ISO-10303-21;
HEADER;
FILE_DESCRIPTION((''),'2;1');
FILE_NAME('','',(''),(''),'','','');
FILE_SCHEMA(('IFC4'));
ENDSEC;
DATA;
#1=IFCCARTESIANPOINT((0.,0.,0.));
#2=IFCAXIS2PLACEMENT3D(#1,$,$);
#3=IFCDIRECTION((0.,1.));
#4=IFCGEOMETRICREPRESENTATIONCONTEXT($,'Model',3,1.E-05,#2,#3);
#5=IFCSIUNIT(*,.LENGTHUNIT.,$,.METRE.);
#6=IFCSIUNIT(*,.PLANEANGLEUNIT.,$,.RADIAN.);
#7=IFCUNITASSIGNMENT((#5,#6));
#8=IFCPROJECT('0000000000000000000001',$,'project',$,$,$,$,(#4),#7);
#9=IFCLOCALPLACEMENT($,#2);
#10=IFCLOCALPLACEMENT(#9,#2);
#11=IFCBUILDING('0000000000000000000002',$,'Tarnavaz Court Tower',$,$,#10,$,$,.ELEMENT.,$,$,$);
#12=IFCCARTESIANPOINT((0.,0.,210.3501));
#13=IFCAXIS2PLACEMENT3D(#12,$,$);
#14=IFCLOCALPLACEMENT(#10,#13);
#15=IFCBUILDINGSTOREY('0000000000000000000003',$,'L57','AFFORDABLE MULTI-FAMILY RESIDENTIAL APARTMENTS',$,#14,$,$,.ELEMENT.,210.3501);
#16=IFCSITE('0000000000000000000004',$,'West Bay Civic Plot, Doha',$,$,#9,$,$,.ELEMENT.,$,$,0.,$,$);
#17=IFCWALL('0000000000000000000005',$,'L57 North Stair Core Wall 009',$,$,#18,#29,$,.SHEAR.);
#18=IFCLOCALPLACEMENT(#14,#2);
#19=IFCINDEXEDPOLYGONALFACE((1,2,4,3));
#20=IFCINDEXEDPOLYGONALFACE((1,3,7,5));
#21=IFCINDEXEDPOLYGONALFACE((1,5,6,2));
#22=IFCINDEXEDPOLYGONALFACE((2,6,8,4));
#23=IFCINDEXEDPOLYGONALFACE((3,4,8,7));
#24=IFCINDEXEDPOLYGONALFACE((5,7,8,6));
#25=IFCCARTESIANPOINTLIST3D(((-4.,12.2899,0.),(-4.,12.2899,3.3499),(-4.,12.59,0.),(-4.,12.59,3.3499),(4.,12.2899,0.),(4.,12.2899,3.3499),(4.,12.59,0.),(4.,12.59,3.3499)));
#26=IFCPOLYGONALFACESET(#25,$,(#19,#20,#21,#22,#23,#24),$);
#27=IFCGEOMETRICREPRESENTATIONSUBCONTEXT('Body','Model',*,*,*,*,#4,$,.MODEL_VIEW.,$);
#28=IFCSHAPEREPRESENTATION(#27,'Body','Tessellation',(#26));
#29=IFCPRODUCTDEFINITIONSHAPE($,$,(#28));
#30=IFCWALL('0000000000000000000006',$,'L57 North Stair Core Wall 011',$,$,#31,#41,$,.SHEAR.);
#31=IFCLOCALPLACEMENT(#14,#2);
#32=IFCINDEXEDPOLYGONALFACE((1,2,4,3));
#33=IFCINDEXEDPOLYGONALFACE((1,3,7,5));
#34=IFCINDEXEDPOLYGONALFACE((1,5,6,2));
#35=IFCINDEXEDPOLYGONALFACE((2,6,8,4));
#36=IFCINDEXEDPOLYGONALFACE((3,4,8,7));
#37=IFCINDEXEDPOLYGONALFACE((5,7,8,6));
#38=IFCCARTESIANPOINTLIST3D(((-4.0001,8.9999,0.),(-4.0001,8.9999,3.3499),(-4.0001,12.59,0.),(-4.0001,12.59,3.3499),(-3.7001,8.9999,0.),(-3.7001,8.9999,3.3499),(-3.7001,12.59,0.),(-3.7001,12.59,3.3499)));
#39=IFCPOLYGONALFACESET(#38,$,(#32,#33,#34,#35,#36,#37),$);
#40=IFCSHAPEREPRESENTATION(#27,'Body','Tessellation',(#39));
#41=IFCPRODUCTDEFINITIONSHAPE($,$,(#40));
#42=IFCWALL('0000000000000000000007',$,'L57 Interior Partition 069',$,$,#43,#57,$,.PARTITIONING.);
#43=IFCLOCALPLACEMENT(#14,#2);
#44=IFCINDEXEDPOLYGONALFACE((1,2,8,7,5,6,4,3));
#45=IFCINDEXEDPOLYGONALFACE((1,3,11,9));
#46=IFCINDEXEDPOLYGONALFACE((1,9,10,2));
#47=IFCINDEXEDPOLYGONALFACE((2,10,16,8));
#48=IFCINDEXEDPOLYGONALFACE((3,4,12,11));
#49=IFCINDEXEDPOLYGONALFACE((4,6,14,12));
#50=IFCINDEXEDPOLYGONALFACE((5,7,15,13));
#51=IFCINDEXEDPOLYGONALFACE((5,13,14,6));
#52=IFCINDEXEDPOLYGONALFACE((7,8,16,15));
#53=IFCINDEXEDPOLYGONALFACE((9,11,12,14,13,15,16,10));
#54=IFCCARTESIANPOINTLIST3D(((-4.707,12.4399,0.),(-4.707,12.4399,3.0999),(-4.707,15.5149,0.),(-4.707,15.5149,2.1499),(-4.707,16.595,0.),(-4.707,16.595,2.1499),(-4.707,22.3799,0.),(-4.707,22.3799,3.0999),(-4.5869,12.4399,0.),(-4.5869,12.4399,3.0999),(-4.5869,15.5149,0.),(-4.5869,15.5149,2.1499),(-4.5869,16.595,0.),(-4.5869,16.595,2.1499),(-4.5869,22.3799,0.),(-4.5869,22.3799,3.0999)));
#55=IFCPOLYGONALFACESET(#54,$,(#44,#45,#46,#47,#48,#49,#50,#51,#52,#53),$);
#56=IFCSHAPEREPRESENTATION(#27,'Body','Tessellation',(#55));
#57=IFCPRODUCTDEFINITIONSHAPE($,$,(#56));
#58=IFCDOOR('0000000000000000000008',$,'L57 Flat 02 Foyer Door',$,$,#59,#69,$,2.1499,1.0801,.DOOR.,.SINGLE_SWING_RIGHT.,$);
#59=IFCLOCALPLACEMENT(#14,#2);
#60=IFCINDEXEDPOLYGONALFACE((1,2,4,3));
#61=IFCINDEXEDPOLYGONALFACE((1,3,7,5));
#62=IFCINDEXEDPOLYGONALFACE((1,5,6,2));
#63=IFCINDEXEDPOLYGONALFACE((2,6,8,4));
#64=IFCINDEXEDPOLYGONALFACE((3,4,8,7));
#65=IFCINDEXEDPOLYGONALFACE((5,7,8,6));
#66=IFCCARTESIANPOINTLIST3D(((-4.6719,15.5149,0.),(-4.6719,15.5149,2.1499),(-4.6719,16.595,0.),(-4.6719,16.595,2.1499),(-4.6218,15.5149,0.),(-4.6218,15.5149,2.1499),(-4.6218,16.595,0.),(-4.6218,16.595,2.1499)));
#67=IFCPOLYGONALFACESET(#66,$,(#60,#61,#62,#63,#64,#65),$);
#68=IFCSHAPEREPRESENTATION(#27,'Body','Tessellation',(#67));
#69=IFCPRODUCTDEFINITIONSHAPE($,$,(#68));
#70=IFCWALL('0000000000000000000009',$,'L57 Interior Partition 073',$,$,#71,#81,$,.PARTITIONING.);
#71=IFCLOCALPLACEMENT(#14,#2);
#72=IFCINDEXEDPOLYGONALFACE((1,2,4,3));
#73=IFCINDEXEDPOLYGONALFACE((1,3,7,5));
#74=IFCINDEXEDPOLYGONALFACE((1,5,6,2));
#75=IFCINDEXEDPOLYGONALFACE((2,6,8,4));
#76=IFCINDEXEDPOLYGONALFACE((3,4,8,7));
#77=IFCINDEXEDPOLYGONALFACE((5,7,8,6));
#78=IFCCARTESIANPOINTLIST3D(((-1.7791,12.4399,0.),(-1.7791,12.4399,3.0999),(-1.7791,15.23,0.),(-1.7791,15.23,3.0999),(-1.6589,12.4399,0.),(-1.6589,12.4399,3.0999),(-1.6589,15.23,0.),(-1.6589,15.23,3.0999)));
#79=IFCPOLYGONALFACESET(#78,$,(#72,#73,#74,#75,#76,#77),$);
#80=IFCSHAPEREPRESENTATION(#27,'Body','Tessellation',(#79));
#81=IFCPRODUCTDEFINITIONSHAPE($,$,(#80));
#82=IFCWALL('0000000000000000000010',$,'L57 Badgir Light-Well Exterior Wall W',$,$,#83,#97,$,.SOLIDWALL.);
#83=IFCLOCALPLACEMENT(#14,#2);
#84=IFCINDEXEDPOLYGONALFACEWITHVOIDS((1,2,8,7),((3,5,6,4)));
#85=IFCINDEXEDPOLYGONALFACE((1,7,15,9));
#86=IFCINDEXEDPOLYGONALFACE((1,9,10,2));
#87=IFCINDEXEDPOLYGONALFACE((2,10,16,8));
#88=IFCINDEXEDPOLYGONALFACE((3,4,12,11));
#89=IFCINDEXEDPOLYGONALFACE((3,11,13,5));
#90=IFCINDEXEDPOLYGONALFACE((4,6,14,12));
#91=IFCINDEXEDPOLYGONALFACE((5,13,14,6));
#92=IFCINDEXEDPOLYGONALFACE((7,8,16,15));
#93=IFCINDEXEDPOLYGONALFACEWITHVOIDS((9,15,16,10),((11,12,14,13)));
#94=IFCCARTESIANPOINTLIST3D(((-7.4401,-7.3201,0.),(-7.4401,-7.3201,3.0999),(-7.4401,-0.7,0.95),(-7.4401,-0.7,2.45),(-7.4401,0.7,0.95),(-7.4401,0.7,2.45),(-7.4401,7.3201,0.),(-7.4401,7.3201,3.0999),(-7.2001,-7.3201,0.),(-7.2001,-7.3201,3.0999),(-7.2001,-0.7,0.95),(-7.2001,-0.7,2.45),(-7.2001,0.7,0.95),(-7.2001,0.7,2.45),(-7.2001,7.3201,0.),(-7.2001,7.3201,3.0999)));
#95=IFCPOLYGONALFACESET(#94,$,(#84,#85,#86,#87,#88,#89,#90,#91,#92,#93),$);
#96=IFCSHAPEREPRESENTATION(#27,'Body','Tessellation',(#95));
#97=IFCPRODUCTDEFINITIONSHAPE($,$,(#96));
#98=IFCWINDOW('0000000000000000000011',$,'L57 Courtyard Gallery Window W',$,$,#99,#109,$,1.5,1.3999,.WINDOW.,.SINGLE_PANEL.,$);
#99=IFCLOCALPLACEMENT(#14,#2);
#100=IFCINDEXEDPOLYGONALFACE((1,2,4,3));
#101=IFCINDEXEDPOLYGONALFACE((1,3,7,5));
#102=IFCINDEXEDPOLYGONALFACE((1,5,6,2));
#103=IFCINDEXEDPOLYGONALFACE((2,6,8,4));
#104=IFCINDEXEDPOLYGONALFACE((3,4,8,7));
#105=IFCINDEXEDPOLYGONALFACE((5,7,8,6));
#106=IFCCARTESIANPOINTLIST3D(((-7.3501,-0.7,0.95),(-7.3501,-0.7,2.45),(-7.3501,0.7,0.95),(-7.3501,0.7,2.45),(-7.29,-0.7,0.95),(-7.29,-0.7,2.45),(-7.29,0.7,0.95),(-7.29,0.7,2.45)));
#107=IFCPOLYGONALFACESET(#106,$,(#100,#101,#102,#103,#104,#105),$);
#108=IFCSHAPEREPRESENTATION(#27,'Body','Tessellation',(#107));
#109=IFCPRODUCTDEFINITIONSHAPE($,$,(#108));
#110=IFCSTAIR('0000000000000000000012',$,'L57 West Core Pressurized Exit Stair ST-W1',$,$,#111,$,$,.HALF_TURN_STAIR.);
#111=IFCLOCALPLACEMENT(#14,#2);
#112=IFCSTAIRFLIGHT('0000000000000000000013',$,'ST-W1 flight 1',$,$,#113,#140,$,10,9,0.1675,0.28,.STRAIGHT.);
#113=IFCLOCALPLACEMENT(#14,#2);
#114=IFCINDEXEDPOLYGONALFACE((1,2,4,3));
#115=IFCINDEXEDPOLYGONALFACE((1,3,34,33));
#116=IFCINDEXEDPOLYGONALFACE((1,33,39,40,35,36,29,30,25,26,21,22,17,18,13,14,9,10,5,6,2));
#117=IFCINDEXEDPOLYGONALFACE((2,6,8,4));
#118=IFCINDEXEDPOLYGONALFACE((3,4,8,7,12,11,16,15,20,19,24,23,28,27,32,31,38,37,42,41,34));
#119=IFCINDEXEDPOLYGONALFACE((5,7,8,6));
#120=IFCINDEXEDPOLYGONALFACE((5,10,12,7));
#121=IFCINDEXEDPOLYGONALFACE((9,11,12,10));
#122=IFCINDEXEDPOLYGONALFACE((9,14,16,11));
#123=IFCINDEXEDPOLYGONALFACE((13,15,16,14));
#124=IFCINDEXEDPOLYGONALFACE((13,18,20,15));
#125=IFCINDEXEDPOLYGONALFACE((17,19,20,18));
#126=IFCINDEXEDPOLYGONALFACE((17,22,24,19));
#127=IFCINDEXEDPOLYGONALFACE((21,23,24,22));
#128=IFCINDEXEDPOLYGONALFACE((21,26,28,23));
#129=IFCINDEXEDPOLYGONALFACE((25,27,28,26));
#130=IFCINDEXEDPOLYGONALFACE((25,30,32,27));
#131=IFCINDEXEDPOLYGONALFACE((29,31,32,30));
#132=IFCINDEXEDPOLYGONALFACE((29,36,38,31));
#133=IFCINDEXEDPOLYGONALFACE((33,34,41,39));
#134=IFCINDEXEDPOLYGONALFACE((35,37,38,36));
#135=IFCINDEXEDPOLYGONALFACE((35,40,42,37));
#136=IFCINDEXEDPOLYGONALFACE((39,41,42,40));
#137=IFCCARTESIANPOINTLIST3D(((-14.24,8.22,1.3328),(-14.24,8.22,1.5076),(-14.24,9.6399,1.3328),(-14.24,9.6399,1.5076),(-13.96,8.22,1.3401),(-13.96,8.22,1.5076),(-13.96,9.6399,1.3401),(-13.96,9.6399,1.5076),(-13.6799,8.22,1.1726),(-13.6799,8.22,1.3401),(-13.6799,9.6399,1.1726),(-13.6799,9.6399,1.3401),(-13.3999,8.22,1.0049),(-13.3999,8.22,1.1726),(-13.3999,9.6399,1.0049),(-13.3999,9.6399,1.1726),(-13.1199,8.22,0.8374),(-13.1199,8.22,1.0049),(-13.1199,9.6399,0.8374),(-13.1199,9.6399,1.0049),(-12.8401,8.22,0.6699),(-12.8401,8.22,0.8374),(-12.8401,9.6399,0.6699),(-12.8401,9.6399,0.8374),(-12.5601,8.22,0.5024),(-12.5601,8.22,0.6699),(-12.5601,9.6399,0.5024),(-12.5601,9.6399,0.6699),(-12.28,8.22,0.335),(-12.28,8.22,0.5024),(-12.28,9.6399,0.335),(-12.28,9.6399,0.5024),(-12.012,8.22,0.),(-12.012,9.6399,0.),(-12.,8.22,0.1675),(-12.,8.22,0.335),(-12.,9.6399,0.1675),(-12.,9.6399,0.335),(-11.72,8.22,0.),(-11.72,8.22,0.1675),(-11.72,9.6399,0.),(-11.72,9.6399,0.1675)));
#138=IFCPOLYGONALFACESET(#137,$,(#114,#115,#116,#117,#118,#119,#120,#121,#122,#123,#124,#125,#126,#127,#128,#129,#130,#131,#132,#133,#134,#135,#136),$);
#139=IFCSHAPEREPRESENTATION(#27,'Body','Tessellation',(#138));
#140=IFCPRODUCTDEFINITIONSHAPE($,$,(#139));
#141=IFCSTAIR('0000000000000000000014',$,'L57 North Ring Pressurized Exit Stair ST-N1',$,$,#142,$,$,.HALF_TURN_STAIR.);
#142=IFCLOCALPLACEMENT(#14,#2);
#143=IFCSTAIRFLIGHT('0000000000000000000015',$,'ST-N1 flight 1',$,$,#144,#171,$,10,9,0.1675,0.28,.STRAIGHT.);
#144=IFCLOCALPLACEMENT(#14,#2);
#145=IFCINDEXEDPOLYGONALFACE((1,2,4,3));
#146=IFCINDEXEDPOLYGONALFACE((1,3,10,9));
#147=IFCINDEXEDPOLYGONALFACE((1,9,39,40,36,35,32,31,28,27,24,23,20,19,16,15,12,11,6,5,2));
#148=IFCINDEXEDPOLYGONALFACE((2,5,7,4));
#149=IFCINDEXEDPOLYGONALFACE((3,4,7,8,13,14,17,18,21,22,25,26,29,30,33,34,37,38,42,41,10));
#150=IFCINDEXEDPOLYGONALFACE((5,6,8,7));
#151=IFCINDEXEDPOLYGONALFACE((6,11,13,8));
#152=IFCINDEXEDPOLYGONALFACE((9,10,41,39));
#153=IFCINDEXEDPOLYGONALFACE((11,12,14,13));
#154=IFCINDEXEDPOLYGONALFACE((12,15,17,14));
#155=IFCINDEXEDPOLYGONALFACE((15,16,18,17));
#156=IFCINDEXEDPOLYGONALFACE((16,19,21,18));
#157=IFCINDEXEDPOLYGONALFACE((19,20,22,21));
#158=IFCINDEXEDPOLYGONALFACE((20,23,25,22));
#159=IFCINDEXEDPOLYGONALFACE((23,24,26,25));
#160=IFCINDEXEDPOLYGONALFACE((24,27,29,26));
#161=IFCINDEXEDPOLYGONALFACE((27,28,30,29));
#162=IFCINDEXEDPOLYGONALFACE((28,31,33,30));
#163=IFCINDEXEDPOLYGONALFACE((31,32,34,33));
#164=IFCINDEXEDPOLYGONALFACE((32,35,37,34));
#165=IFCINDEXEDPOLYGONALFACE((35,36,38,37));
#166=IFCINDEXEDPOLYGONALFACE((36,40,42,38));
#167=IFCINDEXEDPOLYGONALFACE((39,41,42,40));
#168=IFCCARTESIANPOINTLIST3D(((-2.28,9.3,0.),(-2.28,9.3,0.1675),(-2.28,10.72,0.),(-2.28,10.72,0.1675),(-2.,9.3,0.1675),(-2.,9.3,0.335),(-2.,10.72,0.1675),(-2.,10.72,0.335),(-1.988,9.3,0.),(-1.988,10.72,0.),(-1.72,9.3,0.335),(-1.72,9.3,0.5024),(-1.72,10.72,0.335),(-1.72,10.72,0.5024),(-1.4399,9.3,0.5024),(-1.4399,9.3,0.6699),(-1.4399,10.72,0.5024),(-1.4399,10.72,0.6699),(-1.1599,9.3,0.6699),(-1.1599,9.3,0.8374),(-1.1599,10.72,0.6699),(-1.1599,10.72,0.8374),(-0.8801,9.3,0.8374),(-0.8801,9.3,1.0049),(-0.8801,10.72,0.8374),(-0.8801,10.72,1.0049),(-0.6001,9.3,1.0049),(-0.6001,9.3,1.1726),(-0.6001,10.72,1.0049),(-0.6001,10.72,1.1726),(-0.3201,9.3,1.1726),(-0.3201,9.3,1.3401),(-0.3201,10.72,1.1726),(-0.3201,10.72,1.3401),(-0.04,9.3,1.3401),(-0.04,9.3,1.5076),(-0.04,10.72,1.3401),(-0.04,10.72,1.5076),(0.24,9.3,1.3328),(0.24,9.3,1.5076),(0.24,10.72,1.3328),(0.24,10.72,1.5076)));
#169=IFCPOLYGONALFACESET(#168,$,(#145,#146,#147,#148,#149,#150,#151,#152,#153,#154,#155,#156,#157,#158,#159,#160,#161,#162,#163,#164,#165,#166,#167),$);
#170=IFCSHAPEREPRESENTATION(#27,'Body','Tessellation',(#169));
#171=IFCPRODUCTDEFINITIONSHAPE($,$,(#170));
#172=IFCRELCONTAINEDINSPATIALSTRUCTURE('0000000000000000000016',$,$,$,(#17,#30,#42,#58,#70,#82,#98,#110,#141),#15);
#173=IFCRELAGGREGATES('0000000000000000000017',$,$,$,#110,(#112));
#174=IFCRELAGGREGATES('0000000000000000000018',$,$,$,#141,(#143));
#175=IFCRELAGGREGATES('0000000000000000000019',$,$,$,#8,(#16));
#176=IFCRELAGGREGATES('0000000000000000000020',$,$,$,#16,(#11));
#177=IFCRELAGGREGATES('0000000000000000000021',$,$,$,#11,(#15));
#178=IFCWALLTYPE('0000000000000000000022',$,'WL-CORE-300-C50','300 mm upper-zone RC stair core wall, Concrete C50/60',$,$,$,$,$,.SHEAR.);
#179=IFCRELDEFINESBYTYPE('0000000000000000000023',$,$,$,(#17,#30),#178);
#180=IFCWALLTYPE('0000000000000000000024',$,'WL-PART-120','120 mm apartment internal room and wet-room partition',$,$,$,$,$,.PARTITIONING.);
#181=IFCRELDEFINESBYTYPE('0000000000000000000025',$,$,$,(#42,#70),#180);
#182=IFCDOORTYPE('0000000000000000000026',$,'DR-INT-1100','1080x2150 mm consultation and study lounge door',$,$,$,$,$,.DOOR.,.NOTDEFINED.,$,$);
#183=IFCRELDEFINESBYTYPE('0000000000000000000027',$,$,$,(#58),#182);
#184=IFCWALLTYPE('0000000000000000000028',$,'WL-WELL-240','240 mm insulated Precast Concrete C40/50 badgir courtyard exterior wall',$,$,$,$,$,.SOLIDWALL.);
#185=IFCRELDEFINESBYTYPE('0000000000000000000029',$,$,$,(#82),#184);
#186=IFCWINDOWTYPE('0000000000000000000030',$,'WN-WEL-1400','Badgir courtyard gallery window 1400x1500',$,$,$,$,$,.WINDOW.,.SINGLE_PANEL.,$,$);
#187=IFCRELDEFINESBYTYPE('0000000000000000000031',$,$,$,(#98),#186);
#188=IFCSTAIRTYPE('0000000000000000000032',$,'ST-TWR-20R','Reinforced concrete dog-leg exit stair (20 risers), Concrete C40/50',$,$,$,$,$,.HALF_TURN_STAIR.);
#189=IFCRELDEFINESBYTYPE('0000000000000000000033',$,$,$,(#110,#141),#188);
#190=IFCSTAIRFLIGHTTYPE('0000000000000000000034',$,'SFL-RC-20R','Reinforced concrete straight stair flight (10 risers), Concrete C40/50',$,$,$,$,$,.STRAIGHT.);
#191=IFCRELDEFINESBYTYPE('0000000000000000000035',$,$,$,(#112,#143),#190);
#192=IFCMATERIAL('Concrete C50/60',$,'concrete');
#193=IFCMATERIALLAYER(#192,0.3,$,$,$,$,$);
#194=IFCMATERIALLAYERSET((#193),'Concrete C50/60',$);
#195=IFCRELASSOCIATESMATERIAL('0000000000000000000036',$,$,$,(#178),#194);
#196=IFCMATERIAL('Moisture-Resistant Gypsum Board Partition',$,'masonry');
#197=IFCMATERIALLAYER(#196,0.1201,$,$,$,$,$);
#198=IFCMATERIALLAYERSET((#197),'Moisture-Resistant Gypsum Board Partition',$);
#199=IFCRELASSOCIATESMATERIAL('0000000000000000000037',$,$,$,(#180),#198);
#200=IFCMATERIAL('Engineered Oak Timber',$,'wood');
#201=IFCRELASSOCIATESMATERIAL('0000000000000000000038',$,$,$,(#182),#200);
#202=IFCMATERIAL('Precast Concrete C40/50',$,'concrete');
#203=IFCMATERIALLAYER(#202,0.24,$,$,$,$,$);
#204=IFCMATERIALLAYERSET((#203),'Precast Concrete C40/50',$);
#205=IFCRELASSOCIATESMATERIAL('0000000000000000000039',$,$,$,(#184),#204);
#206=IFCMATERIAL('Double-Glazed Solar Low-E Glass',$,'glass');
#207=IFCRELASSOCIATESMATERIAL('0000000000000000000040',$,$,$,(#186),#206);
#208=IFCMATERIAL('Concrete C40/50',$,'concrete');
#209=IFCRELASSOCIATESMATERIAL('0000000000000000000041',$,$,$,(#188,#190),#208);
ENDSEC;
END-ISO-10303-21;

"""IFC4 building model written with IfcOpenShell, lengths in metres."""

from ifc_helpers import new_model, si_unit, direction, frame, frame_2d, origin, place, context, subcontext, project, spatial, polyline, rectangle, outline, extrude, material, layer, layer_set, type_object, element, fill, aggregate, save


model = new_model("IFC4")

# Units and contexts
model_context = context("Model", 3, precision=1e-05, world=origin(), true_north=direction((0.0, 1.0)))
body_context = subcontext(model_context, "Body", "Model", "MODEL_VIEW")
ifc_project = project(units=[si_unit("LENGTHUNIT", "METRE"), si_unit("PLANEANGLEUNIT", "RADIAN")], contexts=[model_context])

# Site, building, storey
site_placement = place(None, origin())
site = spatial("IfcSite", under=ifc_project, at=site_placement, Name="West Bay Civic Plot, Doha", CompositionType="ELEMENT", RefElevation=0.0)
building_placement = place(site_placement, origin())
building = spatial("IfcBuilding", under=site, at=building_placement, Name="Tarnavaz Court Tower", CompositionType="ELEMENT")
storey_placement = place(building_placement, frame((0.0, 0.0, 210.3501)))
storey = spatial("IfcBuildingStorey", under=building, at=storey_placement, Name="L57", Description="AFFORDABLE MULTI-FAMILY RESIDENTIAL APARTMENTS", CompositionType="ELEMENT", Elevation=210.3501)

# Shared definitions
ifc_material_1 = material(Name="Concrete C50/60", Category="concrete")

# Wall
ifc_layer_1 = layer(ifc_material_1, 0.3)
ifc_layer_set_1 = layer_set([ifc_layer_1], Name="Concrete C50/60")
wall_type_1 = type_object("IfcWallType", Name="WL-CORE-300-C50", Description="300 mm upper-zone RC stair core wall, Concrete C50/60", PredefinedType="SHEAR", material=ifc_layer_set_1)
wall_1_placement = place(storey_placement, frame((-4.0, 12.4399, 0.0), z_axis=(0.0, 0.0, 1.0), x_axis=(1.0, 0.0, 0.0)))
element("IfcWall", 1, at=wall_1_placement, inside=storey, type_object=wall_type_1, Name="L57 North Stair Core Wall 009", PredefinedType="SHEAR", context=body_context, shape_type="SweptSolid", body=[
    extrude(rectangle(XDim=8.0, YDim=0.3, at=frame_2d((4.0, 0.0))), origin(), (0.0, 0.0, 1.0), 3.3499),
])

# Wall
wall_2_placement = place(storey_placement, frame((-3.8501, 9.0, 0.0), z_axis=(0.0, 0.0, 1.0), x_axis=(0.0, 1.0, 0.0)))
element("IfcWall", 2, at=wall_2_placement, inside=storey, type_object=wall_type_1, Name="L57 North Stair Core Wall 011", PredefinedType="SHEAR", context=body_context, shape_type="SweptSolid", body=[
    extrude(rectangle(XDim=3.5901, YDim=0.3, at=frame_2d((1.7949, 0.0))), origin(), (0.0, 0.0, 1.0), 3.3499),
])

# Wall, opening, door
ifc_material_2 = material(Name="Moisture-Resistant Gypsum Board Partition", Category="masonry")
ifc_layer_2 = layer(ifc_material_2, 0.1201)
ifc_layer_set_2 = layer_set([ifc_layer_2], Name="Moisture-Resistant Gypsum Board Partition")
wall_type_2 = type_object("IfcWallType", Name="WL-PART-120", Description="120 mm apartment internal room and wet-room partition", PredefinedType="PARTITIONING", material=ifc_layer_set_2)
wall_3_placement = place(storey_placement, frame((-4.647, 12.4399, 0.0), z_axis=(0.0, 0.0, 1.0), x_axis=(0.0, 1.0, 0.0)))
wall_3 = element("IfcWall", 3, at=wall_3_placement, inside=storey, type_object=wall_type_2, Name="L57 Interior Partition 069", PredefinedType="PARTITIONING", context=body_context, shape_type="SweptSolid", body=[
    extrude(rectangle(XDim=9.9399, YDim=0.1201, at=frame_2d((4.97, 0.0))), origin(), (0.0, 0.0, 1.0), 3.0999),
])
opening_1_placement = place(wall_3_placement, frame((3.075, 0.0, 0.0)))
opening_1 = element("IfcOpeningElement", 4, at=opening_1_placement, cuts=wall_3, PredefinedType="OPENING", context=body_context, shape_type="SweptSolid", body=[
    extrude(rectangle(XDim=1.0801, YDim=2.1499, at=frame_2d((0.54, 1.075))), frame((0.0, 0.0701, 0.0), z_axis=(0.0, -1.0, 0.0), x_axis=(1.0, 0.0, 0.0)), (0.0, 0.0, 1.0), 0.1401),
])
ifc_material_3 = material(Name="Engineered Oak Timber", Category="wood")
door_type_1 = type_object("IfcDoorType", Name="DR-INT-1100", Description="1080x2150 mm consultation and study lounge door", OperationType="NOTDEFINED", PredefinedType="DOOR", material=ifc_material_3)
door_1_placement = place(opening_1_placement, origin())
door_1 = element("IfcDoor", 5, at=door_1_placement, inside=storey, type_object=door_type_1, Name="L57 Flat 02 Foyer Door", OperationType="SINGLE_SWING_RIGHT", OverallHeight=2.1499, OverallWidth=1.0801, PredefinedType="DOOR", context=body_context, shape_type="SweptSolid", body=[
    extrude(rectangle(XDim=1.0801, YDim=2.1499, at=frame_2d((0.54, 1.075))), frame((0.0, 0.0249, 0.0), z_axis=(0.0, -1.0, 0.0), x_axis=(1.0, 0.0, 0.0)), (0.0, 0.0, 1.0), 0.05),
])
fill(opening_1, door_1)

# Wall
wall_4_placement = place(storey_placement, frame((-1.719, 12.4399, 0.0), z_axis=(0.0, 0.0, 1.0), x_axis=(0.0, 1.0, 0.0)))
element("IfcWall", 6, at=wall_4_placement, inside=storey, type_object=wall_type_2, Name="L57 Interior Partition 073", PredefinedType="PARTITIONING", context=body_context, shape_type="SweptSolid", body=[
    extrude(rectangle(XDim=2.79, YDim=0.1201, at=frame_2d((1.395, 0.0))), origin(), (0.0, 0.0, 1.0), 3.0999),
])

# Wall, opening, window
ifc_material_4 = material(Name="Precast Concrete C40/50", Category="concrete")
ifc_layer_3 = layer(ifc_material_4, 0.24)
ifc_layer_set_3 = layer_set([ifc_layer_3], Name="Precast Concrete C40/50")
wall_type_3 = type_object("IfcWallType", Name="WL-WELL-240", Description="240 mm insulated Precast Concrete C40/50 badgir courtyard exterior wall", PredefinedType="SOLIDWALL", material=ifc_layer_set_3)
wall_5_placement = place(storey_placement, frame((-7.3201, 7.3201, 0.0), z_axis=(0.0, 0.0, 1.0), x_axis=(0.0, -1.0, 0.0)))
wall_5 = element("IfcWall", 7, at=wall_5_placement, inside=storey, type_object=wall_type_3, Name="L57 Badgir Light-Well Exterior Wall W", PredefinedType="SOLIDWALL", context=body_context, shape_type="SweptSolid", body=[
    extrude(rectangle(XDim=14.6401, YDim=0.24, at=frame_2d((7.3201, 0.0))), origin(), (0.0, 0.0, 1.0), 3.0999),
])
opening_2_placement = place(wall_5_placement, frame((6.6201, 0.0, 0.95)))
opening_2 = element("IfcOpeningElement", 8, at=opening_2_placement, cuts=wall_5, PredefinedType="OPENING", context=body_context, shape_type="SweptSolid", body=[
    extrude(rectangle(XDim=1.3999, YDim=1.5, at=frame_2d((0.7, 0.75))), frame((0.0, 0.1299, 0.0), z_axis=(0.0, -1.0, 0.0), x_axis=(1.0, 0.0, 0.0)), (0.0, 0.0, 1.0), 0.26),
])
ifc_material_5 = material(Name="Double-Glazed Solar Low-E Glass", Category="glass")
window_type = type_object("IfcWindowType", Name="WN-WEL-1400", Description="Badgir courtyard gallery window 1400x1500", PartitioningType="SINGLE_PANEL", PredefinedType="WINDOW", material=ifc_material_5)
window_placement = place(opening_2_placement, origin())
window = element("IfcWindow", 9, at=window_placement, inside=storey, type_object=window_type, Name="L57 Courtyard Gallery Window W", OverallHeight=1.5, OverallWidth=1.3999, PartitioningType="SINGLE_PANEL", PredefinedType="WINDOW", context=body_context, shape_type="SweptSolid", body=[
    extrude(rectangle(XDim=1.3999, YDim=1.5, at=frame_2d((0.7, 0.75))), frame((0.0, 0.03, 0.0), z_axis=(0.0, -1.0, 0.0), x_axis=(1.0, 0.0, 0.0)), (0.0, 0.0, 1.0), 0.0601),
])
fill(opening_2, window)

# Stairs, stair flights
ifc_material_6 = material(Name="Concrete C40/50", Category="concrete")
stair_type = type_object("IfcStairType", Name="ST-TWR-20R", Description="Reinforced concrete dog-leg exit stair (20 risers), Concrete C40/50", PredefinedType="HALF_TURN_STAIR", material=ifc_material_6)
stair_1_placement = place(storey_placement, origin())
stair_1 = element("IfcStair", 10, at=stair_1_placement, inside=storey, type_object=stair_type, Name="L57 West Core Pressurized Exit Stair ST-W1", PredefinedType="HALF_TURN_STAIR")
stair_flight_type = type_object("IfcStairFlightType", Name="SFL-RC-20R", Description="Reinforced concrete straight stair flight (10 risers), Concrete C40/50", PredefinedType="STRAIGHT", material=ifc_material_6)
stair_flight_1_placement = place(storey_placement, frame((-11.72, 8.9299, 0.0), z_axis=(0.0, 0.0, 1.0), x_axis=(-1.0, 0.0, 0.0)))
stair_flight_1 = element("IfcStairFlight", 11, at=stair_flight_1_placement, type_object=stair_flight_type, Name="ST-W1 flight 1", NumberOfRisers=10, NumberOfTreads=9, PredefinedType="STRAIGHT", RiserHeight=0.1675, TreadLength=0.28, context=body_context, shape_type="SweptSolid", body=[
    extrude(outline(polyline([(0.0, 0.0), (0.0, 0.1675), (0.28, 0.1675), (0.28, 0.335), (0.5601, 0.335), (0.5601, 0.5024), (0.8401, 0.5024), (0.8401, 0.6699), (1.1201, 0.6699), (1.1201, 0.8374), (1.3999, 0.8374), (1.3999, 1.0049), (1.6799, 1.0049), (1.6799, 1.1726), (1.96, 1.1726), (1.96, 1.3401), (2.24, 1.3401), (2.24, 1.5076), (2.52, 1.5076), (2.52, 1.675), (2.52, 1.3328), (0.292, 0.0), (0.0, 0.0)])), frame((0.0, 0.71, 0.0), z_axis=(0.0, -1.0, 0.0), x_axis=(1.0, 0.0, 0.0)), (0.0, 0.0, 1.0), 1.4199),
])
aggregate(stair_1, [stair_flight_1])
stair_2_placement = place(storey_placement, origin())
stair_2 = element("IfcStair", 12, at=stair_2_placement, inside=storey, type_object=stair_type, Name="L57 North Ring Pressurized Exit Stair ST-N1", PredefinedType="HALF_TURN_STAIR")
stair_flight_2_placement = place(storey_placement, frame((-2.28, 10.01, 0.0), z_axis=(0.0, 0.0, 1.0), x_axis=(1.0, 0.0, 0.0)))
stair_flight_2 = element("IfcStairFlight", 13, at=stair_flight_2_placement, type_object=stair_flight_type, Name="ST-N1 flight 1", NumberOfRisers=10, NumberOfTreads=9, PredefinedType="STRAIGHT", RiserHeight=0.1675, TreadLength=0.28, context=body_context, shape_type="SweptSolid", body=[
    extrude(outline(polyline([(0.0, 0.0), (0.0, 0.1675), (0.28, 0.1675), (0.28, 0.335), (0.5601, 0.335), (0.5601, 0.5024), (0.8401, 0.5024), (0.8401, 0.6699), (1.1201, 0.6699), (1.1201, 0.8374), (1.3999, 0.8374), (1.3999, 1.0049), (1.6799, 1.0049), (1.6799, 1.1726), (1.96, 1.1726), (1.96, 1.3401), (2.24, 1.3401), (2.24, 1.5076), (2.52, 1.5076), (2.52, 1.675), (2.52, 1.3328), (0.292, 0.0), (0.0, 0.0)])), frame((0.0, 0.71, 0.0), z_axis=(0.0, -1.0, 0.0), x_axis=(1.0, 0.0, 0.0)), (0.0, 0.0, 1.0), 1.4199),
])
aggregate(stair_2, [stair_flight_2])

save(model, "model.ifc")
